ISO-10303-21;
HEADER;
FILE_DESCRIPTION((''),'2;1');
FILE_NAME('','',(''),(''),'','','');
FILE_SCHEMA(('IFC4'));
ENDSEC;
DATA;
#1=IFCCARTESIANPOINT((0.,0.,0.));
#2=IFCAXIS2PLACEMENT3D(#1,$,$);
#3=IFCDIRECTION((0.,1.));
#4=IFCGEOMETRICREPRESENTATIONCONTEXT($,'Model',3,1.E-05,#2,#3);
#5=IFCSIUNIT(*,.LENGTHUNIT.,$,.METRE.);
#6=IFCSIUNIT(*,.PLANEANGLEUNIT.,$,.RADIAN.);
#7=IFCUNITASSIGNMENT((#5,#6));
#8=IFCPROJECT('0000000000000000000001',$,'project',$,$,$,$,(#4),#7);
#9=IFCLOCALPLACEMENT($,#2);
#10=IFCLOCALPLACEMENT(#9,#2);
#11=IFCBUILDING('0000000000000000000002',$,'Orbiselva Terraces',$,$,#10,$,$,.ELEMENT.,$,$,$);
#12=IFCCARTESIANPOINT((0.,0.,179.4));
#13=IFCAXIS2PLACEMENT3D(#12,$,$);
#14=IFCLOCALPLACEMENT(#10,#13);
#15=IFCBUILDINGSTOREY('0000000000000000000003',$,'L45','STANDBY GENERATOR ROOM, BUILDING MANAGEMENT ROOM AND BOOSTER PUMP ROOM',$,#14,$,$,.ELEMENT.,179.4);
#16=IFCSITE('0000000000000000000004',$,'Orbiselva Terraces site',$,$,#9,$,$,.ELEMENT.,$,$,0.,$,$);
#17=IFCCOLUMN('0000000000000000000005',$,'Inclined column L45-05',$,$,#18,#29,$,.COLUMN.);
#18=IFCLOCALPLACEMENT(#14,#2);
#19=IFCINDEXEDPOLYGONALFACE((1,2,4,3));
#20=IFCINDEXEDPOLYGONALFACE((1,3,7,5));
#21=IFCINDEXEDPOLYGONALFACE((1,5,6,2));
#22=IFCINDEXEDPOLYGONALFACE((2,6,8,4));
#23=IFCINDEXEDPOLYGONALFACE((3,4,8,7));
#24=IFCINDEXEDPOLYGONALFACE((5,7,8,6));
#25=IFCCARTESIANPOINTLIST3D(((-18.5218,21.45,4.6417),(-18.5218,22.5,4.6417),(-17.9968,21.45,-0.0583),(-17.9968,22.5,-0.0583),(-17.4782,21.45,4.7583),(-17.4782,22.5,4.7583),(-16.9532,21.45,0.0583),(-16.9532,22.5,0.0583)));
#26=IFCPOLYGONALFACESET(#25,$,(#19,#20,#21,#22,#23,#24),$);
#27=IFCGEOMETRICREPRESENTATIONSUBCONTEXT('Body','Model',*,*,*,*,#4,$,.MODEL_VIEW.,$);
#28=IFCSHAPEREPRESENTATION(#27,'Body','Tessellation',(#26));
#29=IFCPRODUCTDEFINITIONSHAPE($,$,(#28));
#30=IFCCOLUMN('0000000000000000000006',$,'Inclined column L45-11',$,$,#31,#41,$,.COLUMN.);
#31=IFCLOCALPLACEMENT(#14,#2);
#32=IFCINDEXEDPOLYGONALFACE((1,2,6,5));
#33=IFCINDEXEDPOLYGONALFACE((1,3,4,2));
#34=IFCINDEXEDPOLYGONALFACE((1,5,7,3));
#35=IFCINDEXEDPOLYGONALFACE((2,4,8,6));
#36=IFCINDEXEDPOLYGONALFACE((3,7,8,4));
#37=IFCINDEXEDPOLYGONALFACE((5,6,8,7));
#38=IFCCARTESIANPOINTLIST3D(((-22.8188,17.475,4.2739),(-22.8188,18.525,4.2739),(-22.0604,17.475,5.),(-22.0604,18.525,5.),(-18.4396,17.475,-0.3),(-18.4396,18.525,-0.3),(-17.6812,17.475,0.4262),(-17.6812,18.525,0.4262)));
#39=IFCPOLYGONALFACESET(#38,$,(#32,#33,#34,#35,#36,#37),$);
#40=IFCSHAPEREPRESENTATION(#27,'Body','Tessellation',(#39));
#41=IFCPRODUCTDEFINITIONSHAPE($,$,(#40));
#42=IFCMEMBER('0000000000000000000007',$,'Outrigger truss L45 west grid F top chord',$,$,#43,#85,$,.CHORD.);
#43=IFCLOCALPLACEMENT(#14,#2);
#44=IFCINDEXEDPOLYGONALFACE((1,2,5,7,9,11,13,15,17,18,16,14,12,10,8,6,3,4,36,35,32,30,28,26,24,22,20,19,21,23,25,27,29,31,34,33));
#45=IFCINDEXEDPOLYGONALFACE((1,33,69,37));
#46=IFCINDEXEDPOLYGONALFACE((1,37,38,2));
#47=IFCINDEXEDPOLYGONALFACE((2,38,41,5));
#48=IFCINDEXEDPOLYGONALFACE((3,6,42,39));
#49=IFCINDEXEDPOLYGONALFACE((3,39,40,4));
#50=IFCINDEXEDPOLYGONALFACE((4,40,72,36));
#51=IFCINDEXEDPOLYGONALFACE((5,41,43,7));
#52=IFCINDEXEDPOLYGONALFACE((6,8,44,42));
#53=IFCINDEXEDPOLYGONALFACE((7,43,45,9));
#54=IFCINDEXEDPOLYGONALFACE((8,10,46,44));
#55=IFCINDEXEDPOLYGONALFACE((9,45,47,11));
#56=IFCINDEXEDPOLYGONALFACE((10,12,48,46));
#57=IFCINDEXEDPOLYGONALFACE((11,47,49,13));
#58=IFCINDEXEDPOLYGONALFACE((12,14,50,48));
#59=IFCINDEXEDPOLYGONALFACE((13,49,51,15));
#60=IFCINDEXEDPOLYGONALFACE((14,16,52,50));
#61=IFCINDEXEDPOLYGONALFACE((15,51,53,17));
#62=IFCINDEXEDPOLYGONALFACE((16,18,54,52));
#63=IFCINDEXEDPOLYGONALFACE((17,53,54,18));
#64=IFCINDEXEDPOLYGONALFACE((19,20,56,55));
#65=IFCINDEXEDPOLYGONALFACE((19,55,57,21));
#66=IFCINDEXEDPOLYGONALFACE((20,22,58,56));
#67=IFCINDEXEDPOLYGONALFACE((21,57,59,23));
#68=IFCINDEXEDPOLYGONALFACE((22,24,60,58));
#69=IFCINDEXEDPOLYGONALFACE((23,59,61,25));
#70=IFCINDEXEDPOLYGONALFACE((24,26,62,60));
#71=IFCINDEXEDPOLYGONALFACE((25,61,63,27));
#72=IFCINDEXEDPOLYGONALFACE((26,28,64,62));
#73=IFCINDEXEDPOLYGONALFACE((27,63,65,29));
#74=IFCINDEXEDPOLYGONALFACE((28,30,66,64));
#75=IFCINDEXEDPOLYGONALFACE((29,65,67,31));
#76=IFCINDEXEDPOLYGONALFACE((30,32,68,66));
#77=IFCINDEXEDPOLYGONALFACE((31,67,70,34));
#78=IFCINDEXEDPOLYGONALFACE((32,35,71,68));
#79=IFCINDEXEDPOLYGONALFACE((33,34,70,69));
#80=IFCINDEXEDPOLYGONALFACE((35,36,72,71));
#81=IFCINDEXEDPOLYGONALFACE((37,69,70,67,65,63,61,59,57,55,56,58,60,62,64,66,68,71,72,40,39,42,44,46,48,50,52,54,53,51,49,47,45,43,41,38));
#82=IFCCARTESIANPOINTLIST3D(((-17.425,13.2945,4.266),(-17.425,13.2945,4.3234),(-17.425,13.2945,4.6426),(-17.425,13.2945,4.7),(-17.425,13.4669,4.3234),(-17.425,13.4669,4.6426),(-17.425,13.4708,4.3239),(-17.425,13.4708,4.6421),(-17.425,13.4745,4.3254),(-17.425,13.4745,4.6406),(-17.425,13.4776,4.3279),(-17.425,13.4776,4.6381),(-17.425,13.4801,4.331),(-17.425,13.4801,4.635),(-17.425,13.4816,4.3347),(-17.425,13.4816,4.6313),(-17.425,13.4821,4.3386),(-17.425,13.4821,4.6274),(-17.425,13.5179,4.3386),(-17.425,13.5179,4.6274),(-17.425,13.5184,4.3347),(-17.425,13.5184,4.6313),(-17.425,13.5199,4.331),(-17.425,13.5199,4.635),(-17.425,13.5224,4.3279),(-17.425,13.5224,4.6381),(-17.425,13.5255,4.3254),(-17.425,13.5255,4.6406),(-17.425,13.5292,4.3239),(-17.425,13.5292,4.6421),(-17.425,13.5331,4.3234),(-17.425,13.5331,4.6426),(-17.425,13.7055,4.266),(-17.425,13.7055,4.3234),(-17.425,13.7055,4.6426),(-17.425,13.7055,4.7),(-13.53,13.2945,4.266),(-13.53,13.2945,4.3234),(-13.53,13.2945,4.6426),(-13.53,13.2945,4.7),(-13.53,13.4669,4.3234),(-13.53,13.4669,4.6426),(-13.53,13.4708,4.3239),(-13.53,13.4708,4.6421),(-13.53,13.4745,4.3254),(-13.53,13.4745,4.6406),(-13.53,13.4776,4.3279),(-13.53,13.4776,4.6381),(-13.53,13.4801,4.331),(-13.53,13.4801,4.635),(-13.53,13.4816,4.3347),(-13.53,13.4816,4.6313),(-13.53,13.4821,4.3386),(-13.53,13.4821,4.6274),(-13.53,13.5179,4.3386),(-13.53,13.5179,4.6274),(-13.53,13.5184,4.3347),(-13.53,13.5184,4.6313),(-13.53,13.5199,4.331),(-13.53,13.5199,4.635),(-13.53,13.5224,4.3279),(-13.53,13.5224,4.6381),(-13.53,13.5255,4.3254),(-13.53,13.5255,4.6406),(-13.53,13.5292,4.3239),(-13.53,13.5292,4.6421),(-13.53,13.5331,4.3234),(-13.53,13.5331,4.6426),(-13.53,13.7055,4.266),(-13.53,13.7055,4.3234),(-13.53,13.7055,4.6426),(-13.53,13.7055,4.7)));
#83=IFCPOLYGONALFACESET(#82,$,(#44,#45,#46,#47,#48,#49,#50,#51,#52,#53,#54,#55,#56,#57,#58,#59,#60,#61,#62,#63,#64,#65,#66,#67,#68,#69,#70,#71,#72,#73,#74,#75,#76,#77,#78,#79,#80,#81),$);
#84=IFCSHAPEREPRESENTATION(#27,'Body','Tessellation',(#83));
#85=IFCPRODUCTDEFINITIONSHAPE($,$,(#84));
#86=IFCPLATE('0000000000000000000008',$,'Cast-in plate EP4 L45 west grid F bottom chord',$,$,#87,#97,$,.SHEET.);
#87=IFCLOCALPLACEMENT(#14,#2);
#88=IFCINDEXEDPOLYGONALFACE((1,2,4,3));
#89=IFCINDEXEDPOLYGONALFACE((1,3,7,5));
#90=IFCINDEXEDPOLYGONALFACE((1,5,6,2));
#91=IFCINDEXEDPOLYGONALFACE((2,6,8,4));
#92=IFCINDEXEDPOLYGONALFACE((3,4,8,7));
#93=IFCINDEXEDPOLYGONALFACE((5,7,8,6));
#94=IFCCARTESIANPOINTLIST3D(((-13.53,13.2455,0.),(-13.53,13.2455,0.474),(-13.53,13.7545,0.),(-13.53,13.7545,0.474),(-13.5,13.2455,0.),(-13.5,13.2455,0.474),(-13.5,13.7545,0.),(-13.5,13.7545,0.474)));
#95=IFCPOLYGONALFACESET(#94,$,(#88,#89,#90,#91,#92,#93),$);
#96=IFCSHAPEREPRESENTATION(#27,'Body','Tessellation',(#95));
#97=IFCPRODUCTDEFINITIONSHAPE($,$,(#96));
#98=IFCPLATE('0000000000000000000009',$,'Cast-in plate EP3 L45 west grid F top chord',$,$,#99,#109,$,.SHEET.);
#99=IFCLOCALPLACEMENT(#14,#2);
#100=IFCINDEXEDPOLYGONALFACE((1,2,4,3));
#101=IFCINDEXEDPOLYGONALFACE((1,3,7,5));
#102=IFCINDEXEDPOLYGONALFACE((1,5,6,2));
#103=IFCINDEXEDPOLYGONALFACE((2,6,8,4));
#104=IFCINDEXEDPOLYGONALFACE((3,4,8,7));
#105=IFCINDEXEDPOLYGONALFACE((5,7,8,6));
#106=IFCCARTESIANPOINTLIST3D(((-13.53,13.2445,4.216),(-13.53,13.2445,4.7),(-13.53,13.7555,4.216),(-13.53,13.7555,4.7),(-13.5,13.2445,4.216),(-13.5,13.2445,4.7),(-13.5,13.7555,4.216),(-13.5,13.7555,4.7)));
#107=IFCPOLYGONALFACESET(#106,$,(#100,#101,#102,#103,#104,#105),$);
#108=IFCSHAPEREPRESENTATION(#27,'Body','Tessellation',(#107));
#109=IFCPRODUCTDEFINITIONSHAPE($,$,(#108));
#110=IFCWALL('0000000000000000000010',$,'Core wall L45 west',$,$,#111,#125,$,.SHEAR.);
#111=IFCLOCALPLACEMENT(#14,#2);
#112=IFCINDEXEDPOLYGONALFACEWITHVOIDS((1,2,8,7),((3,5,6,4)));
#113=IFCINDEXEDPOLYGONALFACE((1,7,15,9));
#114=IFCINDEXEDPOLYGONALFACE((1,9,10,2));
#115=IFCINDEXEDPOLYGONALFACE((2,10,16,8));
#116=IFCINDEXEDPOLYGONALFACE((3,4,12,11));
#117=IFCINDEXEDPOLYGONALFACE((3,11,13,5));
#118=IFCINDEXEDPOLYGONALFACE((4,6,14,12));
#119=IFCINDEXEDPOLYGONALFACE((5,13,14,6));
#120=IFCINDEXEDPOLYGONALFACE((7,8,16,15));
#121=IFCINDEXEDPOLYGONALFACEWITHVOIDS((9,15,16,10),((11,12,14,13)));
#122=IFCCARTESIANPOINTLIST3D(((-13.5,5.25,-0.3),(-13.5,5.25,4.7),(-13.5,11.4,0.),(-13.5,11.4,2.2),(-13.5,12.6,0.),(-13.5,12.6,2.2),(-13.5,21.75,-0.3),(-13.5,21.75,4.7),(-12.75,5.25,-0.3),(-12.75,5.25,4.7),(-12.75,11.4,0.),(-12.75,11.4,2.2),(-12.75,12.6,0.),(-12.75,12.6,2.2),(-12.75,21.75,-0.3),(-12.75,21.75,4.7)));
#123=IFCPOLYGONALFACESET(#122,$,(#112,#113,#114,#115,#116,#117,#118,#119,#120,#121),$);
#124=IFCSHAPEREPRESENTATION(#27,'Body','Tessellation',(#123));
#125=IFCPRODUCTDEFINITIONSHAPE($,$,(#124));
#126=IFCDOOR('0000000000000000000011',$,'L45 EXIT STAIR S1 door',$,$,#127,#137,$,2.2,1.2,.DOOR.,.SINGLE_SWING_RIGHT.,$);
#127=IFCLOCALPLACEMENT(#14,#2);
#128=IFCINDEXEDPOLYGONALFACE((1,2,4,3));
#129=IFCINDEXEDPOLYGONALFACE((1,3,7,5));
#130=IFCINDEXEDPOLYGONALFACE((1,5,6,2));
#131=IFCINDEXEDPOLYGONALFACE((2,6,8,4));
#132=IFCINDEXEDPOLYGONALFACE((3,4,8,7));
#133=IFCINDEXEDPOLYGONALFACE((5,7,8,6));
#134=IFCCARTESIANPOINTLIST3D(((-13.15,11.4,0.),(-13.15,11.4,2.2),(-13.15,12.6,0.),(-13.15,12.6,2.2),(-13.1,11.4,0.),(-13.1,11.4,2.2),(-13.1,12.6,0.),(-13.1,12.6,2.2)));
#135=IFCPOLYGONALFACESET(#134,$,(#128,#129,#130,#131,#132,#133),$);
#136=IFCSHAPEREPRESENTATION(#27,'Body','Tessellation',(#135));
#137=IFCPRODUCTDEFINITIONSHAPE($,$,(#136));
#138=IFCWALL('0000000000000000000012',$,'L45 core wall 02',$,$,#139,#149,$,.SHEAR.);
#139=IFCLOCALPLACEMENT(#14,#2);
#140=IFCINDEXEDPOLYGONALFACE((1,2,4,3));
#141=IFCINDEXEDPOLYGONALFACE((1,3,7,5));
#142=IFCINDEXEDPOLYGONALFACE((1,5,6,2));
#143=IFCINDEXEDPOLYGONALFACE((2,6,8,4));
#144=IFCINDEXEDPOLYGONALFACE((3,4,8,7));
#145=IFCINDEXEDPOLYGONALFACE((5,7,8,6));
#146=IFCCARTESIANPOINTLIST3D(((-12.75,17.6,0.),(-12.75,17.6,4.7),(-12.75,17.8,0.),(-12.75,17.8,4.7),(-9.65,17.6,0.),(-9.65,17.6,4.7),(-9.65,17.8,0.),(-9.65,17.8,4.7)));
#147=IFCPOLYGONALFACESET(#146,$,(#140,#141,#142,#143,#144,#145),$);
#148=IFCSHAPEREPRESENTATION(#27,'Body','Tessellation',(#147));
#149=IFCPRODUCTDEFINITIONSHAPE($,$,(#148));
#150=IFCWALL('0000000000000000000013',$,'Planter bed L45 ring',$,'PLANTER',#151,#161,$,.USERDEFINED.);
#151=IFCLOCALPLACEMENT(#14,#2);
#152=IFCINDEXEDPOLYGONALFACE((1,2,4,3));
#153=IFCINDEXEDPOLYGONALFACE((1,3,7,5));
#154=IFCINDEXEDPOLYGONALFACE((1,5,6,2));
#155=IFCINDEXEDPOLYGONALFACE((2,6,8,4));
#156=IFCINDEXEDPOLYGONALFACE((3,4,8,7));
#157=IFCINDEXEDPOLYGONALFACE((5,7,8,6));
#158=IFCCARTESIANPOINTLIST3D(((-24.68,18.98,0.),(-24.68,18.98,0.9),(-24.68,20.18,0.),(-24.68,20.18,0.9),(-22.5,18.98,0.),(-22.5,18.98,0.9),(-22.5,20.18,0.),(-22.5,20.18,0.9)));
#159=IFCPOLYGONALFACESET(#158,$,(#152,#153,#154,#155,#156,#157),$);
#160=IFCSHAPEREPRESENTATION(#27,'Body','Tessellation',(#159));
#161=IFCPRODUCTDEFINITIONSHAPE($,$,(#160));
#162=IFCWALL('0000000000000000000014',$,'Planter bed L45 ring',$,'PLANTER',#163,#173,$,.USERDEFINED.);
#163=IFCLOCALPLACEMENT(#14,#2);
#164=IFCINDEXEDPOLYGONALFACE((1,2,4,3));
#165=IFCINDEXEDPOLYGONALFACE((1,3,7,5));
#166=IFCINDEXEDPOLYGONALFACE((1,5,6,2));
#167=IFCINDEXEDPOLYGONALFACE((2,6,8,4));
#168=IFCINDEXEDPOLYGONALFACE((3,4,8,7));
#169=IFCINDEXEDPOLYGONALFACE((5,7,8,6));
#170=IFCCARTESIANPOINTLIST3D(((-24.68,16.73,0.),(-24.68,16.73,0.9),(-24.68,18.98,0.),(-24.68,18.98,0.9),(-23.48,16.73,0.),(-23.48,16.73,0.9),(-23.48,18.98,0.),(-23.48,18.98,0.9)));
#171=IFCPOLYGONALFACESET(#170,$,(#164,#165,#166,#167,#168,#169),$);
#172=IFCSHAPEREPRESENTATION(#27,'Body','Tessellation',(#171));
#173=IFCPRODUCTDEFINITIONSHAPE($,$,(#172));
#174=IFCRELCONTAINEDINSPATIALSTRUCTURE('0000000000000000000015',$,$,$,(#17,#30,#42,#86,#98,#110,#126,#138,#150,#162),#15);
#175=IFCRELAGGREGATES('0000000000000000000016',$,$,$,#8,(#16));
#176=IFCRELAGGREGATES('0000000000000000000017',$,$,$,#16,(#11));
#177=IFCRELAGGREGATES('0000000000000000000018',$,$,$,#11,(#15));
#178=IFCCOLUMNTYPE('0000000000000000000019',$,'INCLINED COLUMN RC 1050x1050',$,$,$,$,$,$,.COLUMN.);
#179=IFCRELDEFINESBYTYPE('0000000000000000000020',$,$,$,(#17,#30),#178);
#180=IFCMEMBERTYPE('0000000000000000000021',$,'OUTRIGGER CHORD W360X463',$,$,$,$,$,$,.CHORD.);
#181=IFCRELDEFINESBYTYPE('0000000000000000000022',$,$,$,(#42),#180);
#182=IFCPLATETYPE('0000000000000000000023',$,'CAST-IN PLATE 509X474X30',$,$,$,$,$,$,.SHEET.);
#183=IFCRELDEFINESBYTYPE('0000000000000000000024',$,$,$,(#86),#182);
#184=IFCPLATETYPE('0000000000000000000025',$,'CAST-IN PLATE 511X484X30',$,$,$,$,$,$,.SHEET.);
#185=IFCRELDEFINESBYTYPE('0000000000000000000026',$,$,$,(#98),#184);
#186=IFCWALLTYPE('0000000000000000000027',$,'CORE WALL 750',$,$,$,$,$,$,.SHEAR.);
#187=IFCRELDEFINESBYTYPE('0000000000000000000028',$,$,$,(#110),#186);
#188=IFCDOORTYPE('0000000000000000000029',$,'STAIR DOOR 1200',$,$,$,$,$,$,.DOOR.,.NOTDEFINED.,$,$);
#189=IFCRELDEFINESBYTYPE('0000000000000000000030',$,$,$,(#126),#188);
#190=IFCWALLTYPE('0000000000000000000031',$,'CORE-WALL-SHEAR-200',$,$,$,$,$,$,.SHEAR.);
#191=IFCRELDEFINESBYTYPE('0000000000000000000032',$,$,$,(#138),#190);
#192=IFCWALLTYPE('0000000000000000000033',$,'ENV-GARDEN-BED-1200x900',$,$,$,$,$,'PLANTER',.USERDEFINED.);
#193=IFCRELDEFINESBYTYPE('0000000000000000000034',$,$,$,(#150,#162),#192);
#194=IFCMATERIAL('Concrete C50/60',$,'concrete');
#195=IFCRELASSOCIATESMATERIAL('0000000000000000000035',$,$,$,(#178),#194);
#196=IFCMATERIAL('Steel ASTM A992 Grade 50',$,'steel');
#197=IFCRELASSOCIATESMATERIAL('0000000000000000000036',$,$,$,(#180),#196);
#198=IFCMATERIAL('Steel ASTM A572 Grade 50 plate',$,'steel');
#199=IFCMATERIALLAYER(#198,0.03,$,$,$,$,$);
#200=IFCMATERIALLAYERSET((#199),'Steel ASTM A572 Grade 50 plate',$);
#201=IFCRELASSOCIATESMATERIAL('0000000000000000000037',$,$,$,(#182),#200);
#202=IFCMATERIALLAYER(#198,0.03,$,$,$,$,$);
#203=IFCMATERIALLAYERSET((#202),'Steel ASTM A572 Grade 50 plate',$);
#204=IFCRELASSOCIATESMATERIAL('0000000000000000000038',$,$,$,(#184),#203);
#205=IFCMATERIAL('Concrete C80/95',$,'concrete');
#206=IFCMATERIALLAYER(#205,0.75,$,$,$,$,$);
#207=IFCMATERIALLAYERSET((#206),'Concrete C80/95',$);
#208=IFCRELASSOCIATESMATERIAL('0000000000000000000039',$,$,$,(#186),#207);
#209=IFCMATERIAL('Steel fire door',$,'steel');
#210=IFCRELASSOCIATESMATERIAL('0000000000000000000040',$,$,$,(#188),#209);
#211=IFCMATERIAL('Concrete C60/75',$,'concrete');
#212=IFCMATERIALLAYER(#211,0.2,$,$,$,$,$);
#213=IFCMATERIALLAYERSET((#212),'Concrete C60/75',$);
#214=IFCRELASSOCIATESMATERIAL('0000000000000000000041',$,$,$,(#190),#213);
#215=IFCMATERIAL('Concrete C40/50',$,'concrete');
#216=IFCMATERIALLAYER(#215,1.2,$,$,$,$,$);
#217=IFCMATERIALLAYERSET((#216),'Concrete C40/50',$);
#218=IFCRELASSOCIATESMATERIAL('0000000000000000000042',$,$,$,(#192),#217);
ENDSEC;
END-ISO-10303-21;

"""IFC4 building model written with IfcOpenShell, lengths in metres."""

from ifc_helpers import new_model, si_unit, direction, frame, frame_2d, origin, origin_2d, place, context, subcontext, project, spatial, rectangle, i_section, extrude, material, layer, layer_set, material_profile, profile_set, type_object, element, fill, save


model = new_model("IFC4")

# Units and contexts
model_context = context("Model", 3, precision=1e-05, world=origin(), true_north=direction((0.0, 1.0)))
body_context = subcontext(model_context, "Body", "Model", "MODEL_VIEW")
ifc_project = project(units=[si_unit("LENGTHUNIT", "METRE"), si_unit("PLANEANGLEUNIT", "RADIAN")], contexts=[model_context])

# Site, building, storey
site_placement = place(None, origin())
site = spatial("IfcSite", under=ifc_project, at=site_placement, Name="Orbiselva Terraces site", CompositionType="ELEMENT", RefElevation=0.0)
building_placement = place(site_placement, origin())
building = spatial("IfcBuilding", under=site, at=building_placement, Name="Orbiselva Terraces", CompositionType="ELEMENT")
storey_placement = place(building_placement, frame((0.0, 0.0, 179.4)))
storey = spatial("IfcBuildingStorey", under=building, at=storey_placement, Name="L45", Description="STANDBY GENERATOR ROOM, BUILDING MANAGEMENT ROOM AND BOOSTER PUMP ROOM", CompositionType="ELEMENT", Elevation=179.4)

# Columns
ifc_material_1 = material(Name="Concrete C50/60", Category="concrete")
ifc_material_profile_1 = material_profile(ifc_material_1, rectangle(XDim=1.05, YDim=1.05, at=origin_2d()), Name="RC 1050x1050")
ifc_profile_set_1 = profile_set([ifc_material_profile_1], Name="Concrete C50/60")
column_type = type_object("IfcColumnType", Name="INCLINED COLUMN RC 1050x1050", PredefinedType="COLUMN", material=ifc_profile_set_1)
column_1_placement = place(storey_placement, frame((-17.475, 21.975, 0.0), z_axis=(-0.111012, 0.0, 0.993819), x_axis=(0.0, -1.0, 0.0)))
element("IfcColumn", 1, at=column_1_placement, inside=storey, type_object=column_type, Name="Inclined column L45-05", PredefinedType="COLUMN", context=body_context, shape_type="SweptSolid", body=[
    extrude(rectangle(XDim=1.05, YDim=1.05, at=origin_2d()), origin(), (0.0, 0.0, 1.0), 4.7292),
])
column_2_placement = place(storey_placement, frame((-18.0604, 18.0, 0.0631), z_axis=(-0.691571, 0.0, 0.722308), x_axis=(0.0, -1.0, 0.0)))
element("IfcColumn", 2, at=column_2_placement, inside=storey, type_object=column_type, Name="Inclined column L45-11", PredefinedType="COLUMN", context=body_context, shape_type="SweptSolid", body=[
    extrude(rectangle(XDim=1.05, YDim=1.05, at=origin_2d()), origin(), (0.0, 0.0, 1.0), 6.3323),
])

# Member
ifc_material_2 = material(Name="Steel ASTM A992 Grade 50", Category="steel")
ifc_material_profile_2 = material_profile(ifc_material_2, i_section(OverallWidth=0.411, OverallDepth=0.434, WebThickness=0.0358, FlangeThickness=0.0574, FilletRadius=0.0152, at=origin_2d()), Name="W360X463")
ifc_profile_set_2 = profile_set([ifc_material_profile_2], Name="Steel ASTM A992 Grade 50")
member_type = type_object("IfcMemberType", Name="OUTRIGGER CHORD W360X463", PredefinedType="CHORD", material=ifc_profile_set_2)
member_placement = place(storey_placement, frame((-13.53, 13.5, 4.483), z_axis=(-1.0, 0.0, 0.0), x_axis=(0.0, -1.0, 0.0)))
element("IfcMember", 3, at=member_placement, inside=storey, type_object=member_type, Name="Outrigger truss L45 west grid F top chord", PredefinedType="CHORD", context=body_context, shape_type="SweptSolid", body=[
    extrude(i_section(OverallWidth=0.411, OverallDepth=0.434, WebThickness=0.0358, FlangeThickness=0.0574, FilletRadius=0.0152, at=origin_2d()), origin(), (0.0, 0.0, 1.0), 3.895),
])

# Plates
ifc_material_3 = material(Name="Steel ASTM A572 Grade 50 plate", Category="steel")
ifc_layer_1 = layer(ifc_material_3, 0.03)
ifc_layer_set_1 = layer_set([ifc_layer_1], Name="Steel ASTM A572 Grade 50 plate")
plate_type_1 = type_object("IfcPlateType", Name="CAST-IN PLATE 509X474X30", PredefinedType="SHEET", material=ifc_layer_set_1)
plate_1_placement = place(storey_placement, frame((-13.515, 13.5, 0.0), z_axis=(0.0, 0.0, 1.0), x_axis=(1.0, 0.0, 0.0)))
element("IfcPlate", 4, at=plate_1_placement, inside=storey, type_object=plate_type_1, Name="Cast-in plate EP4 L45 west grid F bottom chord", PredefinedType="SHEET", context=body_context, shape_type="SweptSolid", body=[
    extrude(rectangle(XDim=0.03, YDim=0.509, at=origin_2d()), origin(), (0.0, 0.0, 1.0), 0.474),
])
ifc_layer_2 = layer(ifc_material_3, 0.03)
ifc_layer_set_2 = layer_set([ifc_layer_2], Name="Steel ASTM A572 Grade 50 plate")
plate_type_2 = type_object("IfcPlateType", Name="CAST-IN PLATE 511X484X30", PredefinedType="SHEET", material=ifc_layer_set_2)
plate_2_placement = place(storey_placement, frame((-13.515, 13.5, 4.216), z_axis=(0.0, 0.0, 1.0), x_axis=(1.0, 0.0, 0.0)))
element("IfcPlate", 5, at=plate_2_placement, inside=storey, type_object=plate_type_2, Name="Cast-in plate EP3 L45 west grid F top chord", PredefinedType="SHEET", context=body_context, shape_type="SweptSolid", body=[
    extrude(rectangle(XDim=0.03, YDim=0.511, at=origin_2d()), origin(), (0.0, 0.0, 1.0), 0.484),
])

# Wall, opening, door
ifc_material_4 = material(Name="Concrete C80/95", Category="concrete")
ifc_layer_3 = layer(ifc_material_4, 0.75)
ifc_layer_set_3 = layer_set([ifc_layer_3], Name="Concrete C80/95")
wall_type_1 = type_object("IfcWallType", Name="CORE WALL 750", PredefinedType="SHEAR", material=ifc_layer_set_3)
wall_1_placement = place(storey_placement, frame((-13.125, 21.75, -0.3), z_axis=(0.0, 0.0, 1.0), x_axis=(0.0, -1.0, 0.0)))
wall_1 = element("IfcWall", 6, at=wall_1_placement, inside=storey, type_object=wall_type_1, Name="Core wall L45 west", PredefinedType="SHEAR", context=body_context, shape_type="SweptSolid", body=[
    extrude(rectangle(XDim=16.5, YDim=0.75, at=frame_2d((8.25, 0.0))), origin(), (0.0, 0.0, 1.0), 5.0),
])
opening_placement = place(wall_1_placement, frame((9.15, 0.0, 0.3)))
opening = element("IfcOpeningElement", 7, at=opening_placement, cuts=wall_1, PredefinedType="OPENING", context=body_context, shape_type="SweptSolid", body=[
    extrude(rectangle(XDim=1.2, YDim=2.2, at=frame_2d((0.6, 1.1))), frame((0.0, 0.385, 0.0), z_axis=(0.0, -1.0, 0.0), x_axis=(1.0, 0.0, 0.0)), (0.0, 0.0, 1.0), 0.77),
])
ifc_material_5 = material(Name="Steel fire door", Category="steel")
door_type = type_object("IfcDoorType", Name="STAIR DOOR 1200", OperationType="NOTDEFINED", PredefinedType="DOOR", material=ifc_material_5)
door_placement = place(opening_placement, frame((1.2, 0.0, 0.0), z_axis=(0.0, 0.0, 1.0), x_axis=(-1.0, 0.0, 0.0)))
door = element("IfcDoor", 8, at=door_placement, inside=storey, type_object=door_type, Name="L45 EXIT STAIR S1 door", OperationType="SINGLE_SWING_RIGHT", OverallHeight=2.2, OverallWidth=1.2, PredefinedType="DOOR", context=body_context, shape_type="SweptSolid", body=[
    extrude(rectangle(XDim=1.2, YDim=2.2, at=frame_2d((0.6, 1.1))), frame((0.0, 0.025, 0.0), z_axis=(0.0, -1.0, 0.0), x_axis=(1.0, 0.0, 0.0)), (0.0, 0.0, 1.0), 0.05),
])
fill(opening, door)

# Walls
ifc_material_6 = material(Name="Concrete C60/75", Category="concrete")
ifc_layer_4 = layer(ifc_material_6, 0.2)
ifc_layer_set_4 = layer_set([ifc_layer_4], Name="Concrete C60/75")
wall_type_2 = type_object("IfcWallType", Name="CORE-WALL-SHEAR-200", PredefinedType="SHEAR", material=ifc_layer_set_4)
wall_2_placement = place(storey_placement, frame((-12.75, 17.7, 0.0), z_axis=(0.0, 0.0, 1.0), x_axis=(1.0, 0.0, 0.0)))
element("IfcWall", 9, at=wall_2_placement, inside=storey, type_object=wall_type_2, Name="L45 core wall 02", PredefinedType="SHEAR", context=body_context, shape_type="SweptSolid", body=[
    extrude(rectangle(XDim=3.1, YDim=0.2, at=frame_2d((1.55, 0.0))), origin(), (0.0, 0.0, 1.0), 4.7),
])
ifc_material_7 = material(Name="Concrete C40/50", Category="concrete")
ifc_layer_5 = layer(ifc_material_7, 1.2)
ifc_layer_set_5 = layer_set([ifc_layer_5], Name="Concrete C40/50")
wall_type_3 = type_object("IfcWallType", Name="ENV-GARDEN-BED-1200x900", ElementType="PLANTER", PredefinedType="USERDEFINED", material=ifc_layer_set_5)
wall_3_placement = place(storey_placement, frame((-22.5, 19.58, 0.0), z_axis=(0.0, 0.0, 1.0), x_axis=(-1.0, 0.0, 0.0)))
element("IfcWall", 10, at=wall_3_placement, inside=storey, type_object=wall_type_3, Name="Planter bed L45 ring", ObjectType="PLANTER", PredefinedType="USERDEFINED", context=body_context, shape_type="SweptSolid", body=[
    extrude(rectangle(XDim=2.18, YDim=1.2, at=frame_2d((1.09, 0.0))), origin(), (0.0, 0.0, 1.0), 0.9),
])
wall_4_placement = place(storey_placement, frame((-24.08, 18.98, 0.0), z_axis=(0.0, 0.0, 1.0), x_axis=(0.0, -1.0, 0.0)))
element("IfcWall", 11, at=wall_4_placement, inside=storey, type_object=wall_type_3, Name="Planter bed L45 ring", ObjectType="PLANTER", PredefinedType="USERDEFINED", context=body_context, shape_type="SweptSolid", body=[
    extrude(rectangle(XDim=2.25, YDim=1.2, at=frame_2d((1.125, 0.0))), origin(), (0.0, 0.0, 1.0), 0.9),
])

save(model, "model.ifc")
